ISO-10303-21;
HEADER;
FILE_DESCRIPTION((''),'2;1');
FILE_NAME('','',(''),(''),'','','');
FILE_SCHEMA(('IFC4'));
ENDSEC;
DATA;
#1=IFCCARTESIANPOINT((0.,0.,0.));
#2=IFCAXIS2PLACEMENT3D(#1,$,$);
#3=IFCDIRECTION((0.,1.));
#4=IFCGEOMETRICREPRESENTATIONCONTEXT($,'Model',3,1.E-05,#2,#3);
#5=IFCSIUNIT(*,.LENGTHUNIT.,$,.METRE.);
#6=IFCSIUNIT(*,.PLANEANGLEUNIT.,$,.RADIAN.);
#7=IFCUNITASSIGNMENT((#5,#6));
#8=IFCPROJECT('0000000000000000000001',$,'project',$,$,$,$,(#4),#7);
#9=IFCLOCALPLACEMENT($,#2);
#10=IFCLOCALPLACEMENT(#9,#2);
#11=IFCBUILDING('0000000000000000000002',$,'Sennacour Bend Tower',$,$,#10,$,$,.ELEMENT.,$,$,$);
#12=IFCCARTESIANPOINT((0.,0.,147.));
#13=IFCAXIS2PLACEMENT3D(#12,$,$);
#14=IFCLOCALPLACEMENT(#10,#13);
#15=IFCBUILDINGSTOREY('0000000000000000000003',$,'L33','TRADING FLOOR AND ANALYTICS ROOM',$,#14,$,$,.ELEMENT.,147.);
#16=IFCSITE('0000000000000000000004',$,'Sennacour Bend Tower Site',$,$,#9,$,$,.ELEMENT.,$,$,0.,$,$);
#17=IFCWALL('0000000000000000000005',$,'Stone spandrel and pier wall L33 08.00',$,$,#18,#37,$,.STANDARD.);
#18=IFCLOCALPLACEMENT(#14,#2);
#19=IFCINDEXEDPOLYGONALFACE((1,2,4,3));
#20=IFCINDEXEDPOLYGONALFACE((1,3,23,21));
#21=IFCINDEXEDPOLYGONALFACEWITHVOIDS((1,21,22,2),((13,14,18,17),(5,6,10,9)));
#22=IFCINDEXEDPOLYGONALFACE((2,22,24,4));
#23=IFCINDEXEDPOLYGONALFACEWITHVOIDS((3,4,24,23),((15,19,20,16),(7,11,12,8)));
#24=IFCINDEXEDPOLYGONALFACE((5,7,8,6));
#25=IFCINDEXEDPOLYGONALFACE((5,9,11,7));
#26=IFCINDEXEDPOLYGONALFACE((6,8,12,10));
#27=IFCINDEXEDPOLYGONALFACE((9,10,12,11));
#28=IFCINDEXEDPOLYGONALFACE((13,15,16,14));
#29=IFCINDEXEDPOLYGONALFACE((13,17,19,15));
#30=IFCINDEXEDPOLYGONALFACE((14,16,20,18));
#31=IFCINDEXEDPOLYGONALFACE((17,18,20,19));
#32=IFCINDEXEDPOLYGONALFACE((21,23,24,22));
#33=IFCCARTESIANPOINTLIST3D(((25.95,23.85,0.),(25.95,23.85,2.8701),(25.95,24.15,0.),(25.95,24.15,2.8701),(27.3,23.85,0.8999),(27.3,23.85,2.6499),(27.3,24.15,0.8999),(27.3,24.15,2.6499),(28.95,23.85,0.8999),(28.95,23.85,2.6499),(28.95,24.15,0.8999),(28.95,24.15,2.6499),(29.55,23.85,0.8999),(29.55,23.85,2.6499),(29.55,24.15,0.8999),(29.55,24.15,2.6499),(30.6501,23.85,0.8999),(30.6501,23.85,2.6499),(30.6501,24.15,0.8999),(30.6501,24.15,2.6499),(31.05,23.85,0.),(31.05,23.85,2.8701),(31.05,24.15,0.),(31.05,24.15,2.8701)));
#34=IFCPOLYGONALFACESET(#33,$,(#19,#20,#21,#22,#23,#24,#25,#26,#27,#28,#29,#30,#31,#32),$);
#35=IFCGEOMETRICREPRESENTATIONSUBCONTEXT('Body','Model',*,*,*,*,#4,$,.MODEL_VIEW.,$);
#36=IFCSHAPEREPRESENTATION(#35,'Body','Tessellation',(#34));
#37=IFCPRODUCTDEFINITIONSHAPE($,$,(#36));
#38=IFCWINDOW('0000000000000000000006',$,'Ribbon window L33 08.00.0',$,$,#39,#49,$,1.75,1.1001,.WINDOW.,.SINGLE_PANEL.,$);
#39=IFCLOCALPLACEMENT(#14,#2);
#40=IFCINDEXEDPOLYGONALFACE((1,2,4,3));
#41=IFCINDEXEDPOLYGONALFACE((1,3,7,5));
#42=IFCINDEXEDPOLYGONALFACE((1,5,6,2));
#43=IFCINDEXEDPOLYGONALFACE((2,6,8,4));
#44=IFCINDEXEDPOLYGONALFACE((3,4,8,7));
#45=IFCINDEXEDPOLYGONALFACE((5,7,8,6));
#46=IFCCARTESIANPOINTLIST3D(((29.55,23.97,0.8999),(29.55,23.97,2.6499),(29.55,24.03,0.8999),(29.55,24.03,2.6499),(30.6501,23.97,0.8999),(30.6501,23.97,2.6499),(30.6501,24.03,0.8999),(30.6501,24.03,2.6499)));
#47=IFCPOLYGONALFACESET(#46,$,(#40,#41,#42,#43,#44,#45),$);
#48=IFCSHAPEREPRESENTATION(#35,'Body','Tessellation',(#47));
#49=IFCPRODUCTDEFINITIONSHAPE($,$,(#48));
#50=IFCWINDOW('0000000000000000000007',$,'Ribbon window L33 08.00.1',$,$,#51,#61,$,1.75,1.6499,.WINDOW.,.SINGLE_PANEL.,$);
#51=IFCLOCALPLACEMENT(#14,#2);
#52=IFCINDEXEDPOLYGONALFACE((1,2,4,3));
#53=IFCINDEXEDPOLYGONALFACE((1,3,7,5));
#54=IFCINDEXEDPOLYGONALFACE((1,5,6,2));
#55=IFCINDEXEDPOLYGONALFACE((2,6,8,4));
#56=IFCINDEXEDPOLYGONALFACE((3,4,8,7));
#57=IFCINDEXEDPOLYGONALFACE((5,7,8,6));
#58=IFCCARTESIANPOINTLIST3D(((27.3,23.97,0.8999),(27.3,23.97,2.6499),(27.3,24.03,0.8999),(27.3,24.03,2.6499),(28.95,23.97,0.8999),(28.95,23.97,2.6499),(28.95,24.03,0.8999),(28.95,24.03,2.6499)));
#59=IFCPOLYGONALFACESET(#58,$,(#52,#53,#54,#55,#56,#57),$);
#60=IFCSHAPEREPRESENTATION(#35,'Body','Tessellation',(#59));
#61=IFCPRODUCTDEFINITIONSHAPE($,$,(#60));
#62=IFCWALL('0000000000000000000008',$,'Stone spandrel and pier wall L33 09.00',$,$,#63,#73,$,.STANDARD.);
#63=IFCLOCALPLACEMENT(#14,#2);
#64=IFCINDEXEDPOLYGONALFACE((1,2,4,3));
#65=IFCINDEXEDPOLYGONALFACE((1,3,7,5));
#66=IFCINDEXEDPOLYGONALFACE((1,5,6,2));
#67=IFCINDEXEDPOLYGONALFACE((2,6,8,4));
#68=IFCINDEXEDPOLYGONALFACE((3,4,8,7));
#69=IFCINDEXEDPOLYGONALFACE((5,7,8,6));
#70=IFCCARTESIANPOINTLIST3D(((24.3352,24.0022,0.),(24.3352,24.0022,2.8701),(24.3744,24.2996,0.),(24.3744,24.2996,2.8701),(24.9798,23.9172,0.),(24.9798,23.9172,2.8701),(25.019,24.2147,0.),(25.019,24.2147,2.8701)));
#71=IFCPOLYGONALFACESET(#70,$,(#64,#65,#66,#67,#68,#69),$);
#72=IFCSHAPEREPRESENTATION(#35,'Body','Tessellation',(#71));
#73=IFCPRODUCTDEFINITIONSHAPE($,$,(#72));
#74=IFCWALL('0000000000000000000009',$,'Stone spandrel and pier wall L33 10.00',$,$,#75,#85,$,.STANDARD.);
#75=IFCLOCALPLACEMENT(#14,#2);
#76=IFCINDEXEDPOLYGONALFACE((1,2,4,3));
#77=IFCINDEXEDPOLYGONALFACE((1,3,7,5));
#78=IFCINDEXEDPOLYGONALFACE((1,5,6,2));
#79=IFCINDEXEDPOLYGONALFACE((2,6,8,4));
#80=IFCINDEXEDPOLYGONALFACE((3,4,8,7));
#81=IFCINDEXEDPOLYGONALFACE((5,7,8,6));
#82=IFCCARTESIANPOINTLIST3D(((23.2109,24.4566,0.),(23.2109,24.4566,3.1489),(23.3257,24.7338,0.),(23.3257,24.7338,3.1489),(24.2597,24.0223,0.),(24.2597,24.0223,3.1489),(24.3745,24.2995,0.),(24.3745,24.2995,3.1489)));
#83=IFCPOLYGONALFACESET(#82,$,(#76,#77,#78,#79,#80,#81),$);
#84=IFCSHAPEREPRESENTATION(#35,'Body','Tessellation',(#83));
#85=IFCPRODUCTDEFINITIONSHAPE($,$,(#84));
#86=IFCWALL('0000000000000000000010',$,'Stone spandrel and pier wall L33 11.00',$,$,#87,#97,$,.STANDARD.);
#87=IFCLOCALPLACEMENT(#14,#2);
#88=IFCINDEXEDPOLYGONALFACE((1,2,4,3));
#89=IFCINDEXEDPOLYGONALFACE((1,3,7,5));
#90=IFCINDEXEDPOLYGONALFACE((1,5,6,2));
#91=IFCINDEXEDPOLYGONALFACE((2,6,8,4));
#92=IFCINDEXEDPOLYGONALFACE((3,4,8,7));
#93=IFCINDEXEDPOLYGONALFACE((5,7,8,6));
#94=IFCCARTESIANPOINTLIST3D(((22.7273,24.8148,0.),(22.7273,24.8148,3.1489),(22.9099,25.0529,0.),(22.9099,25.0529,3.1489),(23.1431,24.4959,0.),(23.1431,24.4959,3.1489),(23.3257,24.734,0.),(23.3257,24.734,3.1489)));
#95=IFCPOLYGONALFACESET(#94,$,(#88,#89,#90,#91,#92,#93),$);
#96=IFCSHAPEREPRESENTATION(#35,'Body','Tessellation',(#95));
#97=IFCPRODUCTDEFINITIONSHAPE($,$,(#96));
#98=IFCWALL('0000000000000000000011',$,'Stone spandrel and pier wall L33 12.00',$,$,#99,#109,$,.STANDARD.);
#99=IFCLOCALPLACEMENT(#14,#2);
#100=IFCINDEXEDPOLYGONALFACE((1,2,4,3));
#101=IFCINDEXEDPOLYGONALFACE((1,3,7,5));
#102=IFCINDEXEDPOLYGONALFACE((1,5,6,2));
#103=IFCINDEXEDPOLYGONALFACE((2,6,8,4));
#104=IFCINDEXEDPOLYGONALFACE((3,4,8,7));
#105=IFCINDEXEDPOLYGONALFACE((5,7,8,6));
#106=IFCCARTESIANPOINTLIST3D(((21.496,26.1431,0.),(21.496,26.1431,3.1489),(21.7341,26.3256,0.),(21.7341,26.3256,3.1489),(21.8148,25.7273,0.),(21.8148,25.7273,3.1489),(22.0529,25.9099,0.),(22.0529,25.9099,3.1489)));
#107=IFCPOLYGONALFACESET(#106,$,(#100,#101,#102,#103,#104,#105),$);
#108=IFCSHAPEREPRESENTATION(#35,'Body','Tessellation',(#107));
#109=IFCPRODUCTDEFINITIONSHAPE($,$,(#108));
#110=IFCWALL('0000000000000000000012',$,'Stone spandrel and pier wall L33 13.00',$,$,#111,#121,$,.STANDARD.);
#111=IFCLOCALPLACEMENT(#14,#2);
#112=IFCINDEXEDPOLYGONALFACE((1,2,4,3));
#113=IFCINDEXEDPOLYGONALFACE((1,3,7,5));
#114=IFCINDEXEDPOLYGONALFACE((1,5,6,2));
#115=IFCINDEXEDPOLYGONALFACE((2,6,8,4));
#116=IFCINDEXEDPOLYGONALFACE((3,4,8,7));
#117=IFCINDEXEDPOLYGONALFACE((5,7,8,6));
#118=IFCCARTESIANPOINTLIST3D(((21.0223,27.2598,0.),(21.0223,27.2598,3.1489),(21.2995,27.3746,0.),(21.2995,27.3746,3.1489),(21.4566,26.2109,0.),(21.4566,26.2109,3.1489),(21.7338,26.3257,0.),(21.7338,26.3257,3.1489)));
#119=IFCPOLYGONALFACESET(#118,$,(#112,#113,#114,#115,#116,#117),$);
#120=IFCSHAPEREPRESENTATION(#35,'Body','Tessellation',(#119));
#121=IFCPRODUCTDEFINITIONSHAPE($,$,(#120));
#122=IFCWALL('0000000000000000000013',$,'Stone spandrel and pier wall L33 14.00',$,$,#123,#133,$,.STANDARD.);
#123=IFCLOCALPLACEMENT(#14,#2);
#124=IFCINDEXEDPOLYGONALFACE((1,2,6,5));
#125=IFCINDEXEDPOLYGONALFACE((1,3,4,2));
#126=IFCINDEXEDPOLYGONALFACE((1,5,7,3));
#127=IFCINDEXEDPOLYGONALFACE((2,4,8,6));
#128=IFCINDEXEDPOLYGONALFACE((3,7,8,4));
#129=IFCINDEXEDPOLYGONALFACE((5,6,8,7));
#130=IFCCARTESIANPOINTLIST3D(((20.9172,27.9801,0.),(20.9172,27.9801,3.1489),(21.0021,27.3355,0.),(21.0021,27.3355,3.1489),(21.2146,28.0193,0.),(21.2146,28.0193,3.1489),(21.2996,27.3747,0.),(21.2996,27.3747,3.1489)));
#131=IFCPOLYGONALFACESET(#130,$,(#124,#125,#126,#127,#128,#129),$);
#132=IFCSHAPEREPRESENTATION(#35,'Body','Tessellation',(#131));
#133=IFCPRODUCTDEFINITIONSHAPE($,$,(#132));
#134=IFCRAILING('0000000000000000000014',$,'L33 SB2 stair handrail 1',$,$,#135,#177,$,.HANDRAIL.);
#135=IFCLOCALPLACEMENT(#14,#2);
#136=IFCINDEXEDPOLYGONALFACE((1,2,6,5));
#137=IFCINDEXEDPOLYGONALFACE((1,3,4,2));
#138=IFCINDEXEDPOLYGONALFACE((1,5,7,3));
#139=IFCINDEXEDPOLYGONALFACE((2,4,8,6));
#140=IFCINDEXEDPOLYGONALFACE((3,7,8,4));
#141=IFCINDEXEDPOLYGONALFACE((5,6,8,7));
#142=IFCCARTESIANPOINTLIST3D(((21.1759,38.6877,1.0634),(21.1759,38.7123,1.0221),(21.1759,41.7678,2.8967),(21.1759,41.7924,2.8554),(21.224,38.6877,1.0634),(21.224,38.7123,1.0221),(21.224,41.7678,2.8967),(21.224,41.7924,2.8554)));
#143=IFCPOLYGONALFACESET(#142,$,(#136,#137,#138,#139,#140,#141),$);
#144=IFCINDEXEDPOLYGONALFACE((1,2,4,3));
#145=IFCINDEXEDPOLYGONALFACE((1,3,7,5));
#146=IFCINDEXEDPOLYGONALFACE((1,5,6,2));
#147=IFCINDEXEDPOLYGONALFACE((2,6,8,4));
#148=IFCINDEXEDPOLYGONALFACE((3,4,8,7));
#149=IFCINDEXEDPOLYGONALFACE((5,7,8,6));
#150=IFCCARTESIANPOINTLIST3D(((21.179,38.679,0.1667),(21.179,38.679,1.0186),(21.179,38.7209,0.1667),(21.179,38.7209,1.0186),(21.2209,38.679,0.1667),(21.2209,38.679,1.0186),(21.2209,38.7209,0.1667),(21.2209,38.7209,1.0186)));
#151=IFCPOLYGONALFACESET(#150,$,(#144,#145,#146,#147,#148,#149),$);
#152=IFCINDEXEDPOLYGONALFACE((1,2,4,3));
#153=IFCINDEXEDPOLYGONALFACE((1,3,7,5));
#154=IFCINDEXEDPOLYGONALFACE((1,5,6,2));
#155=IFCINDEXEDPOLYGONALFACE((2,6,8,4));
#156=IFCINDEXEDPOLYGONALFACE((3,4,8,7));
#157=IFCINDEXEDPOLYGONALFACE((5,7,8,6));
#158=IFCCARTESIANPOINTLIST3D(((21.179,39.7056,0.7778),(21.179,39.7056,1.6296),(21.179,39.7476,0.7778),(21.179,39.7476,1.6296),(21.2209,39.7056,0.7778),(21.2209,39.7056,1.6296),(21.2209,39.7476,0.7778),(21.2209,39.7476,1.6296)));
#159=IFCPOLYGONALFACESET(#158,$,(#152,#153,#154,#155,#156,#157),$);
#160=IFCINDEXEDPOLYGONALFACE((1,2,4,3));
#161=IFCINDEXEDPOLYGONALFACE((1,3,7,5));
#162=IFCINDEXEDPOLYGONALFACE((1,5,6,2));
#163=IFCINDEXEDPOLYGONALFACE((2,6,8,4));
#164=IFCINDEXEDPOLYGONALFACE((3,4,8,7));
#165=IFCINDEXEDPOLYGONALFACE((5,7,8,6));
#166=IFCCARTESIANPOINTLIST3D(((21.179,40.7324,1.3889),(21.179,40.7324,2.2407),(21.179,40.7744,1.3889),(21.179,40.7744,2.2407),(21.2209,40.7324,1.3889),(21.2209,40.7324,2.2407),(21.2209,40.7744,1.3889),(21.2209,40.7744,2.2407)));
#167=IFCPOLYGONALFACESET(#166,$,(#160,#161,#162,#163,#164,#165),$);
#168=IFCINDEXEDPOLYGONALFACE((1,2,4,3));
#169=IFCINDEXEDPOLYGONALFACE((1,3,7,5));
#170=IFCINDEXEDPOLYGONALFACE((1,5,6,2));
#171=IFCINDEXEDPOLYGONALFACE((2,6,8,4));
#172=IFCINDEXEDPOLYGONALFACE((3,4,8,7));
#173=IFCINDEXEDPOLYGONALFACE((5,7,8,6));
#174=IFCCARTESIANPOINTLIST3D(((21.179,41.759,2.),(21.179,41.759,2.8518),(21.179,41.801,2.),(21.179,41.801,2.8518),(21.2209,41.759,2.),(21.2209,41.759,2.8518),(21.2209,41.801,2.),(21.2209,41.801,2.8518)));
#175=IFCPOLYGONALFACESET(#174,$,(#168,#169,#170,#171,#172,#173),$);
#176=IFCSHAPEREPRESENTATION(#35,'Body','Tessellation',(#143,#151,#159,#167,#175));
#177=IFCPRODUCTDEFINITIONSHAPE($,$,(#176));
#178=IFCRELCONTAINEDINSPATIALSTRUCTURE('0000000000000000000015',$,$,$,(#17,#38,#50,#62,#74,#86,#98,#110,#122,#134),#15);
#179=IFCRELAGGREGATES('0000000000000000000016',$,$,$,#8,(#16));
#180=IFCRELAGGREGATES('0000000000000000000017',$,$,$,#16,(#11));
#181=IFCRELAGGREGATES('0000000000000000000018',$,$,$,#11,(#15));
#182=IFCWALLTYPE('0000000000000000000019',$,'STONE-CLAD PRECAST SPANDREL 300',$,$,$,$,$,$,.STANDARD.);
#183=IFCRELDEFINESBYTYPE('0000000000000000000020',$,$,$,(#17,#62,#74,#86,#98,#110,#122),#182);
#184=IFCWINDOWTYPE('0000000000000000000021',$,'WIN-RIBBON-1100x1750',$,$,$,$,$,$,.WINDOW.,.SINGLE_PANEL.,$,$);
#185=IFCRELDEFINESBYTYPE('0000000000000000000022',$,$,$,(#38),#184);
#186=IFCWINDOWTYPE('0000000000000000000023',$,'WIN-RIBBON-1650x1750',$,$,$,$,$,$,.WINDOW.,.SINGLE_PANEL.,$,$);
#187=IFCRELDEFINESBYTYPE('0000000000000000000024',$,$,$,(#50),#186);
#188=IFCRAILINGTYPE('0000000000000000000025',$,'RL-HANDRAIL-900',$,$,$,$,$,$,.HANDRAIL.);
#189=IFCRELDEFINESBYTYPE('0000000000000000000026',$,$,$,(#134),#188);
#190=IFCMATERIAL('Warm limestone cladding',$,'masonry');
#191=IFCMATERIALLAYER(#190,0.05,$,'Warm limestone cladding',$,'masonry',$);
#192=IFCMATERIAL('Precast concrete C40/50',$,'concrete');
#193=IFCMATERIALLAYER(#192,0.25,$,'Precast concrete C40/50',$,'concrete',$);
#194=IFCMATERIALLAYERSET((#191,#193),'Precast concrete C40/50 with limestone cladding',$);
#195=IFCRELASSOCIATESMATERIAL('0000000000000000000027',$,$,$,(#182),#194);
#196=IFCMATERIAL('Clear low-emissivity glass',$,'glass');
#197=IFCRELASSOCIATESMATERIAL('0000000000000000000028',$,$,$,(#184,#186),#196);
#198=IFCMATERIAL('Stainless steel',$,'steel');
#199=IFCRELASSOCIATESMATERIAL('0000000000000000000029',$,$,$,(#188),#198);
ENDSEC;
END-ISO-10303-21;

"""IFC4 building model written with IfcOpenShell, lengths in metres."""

from ifc_helpers import new_model, si_unit, direction, frame, frame_2d, origin, origin_2d, place, context, subcontext, project, spatial, rectangle, extrude, material, layer, layer_set, type_object, element, fill, save


model = new_model("IFC4")

# Units and contexts
model_context = context("Model", 3, precision=1e-05, world=origin(), true_north=direction((0.0, 1.0)))
body_context = subcontext(model_context, "Body", "Model", "MODEL_VIEW")
ifc_project = project(units=[si_unit("LENGTHUNIT", "METRE"), si_unit("PLANEANGLEUNIT", "RADIAN")], contexts=[model_context])

# Site, building, storey
site_placement = place(None, origin())
site = spatial("IfcSite", under=ifc_project, at=site_placement, Name="Sennacour Bend Tower Site", CompositionType="ELEMENT", RefElevation=0.0)
building_placement = place(site_placement, origin())
building = spatial("IfcBuilding", under=site, at=building_placement, Name="Sennacour Bend Tower", CompositionType="ELEMENT")
storey_placement = place(building_placement, frame((0.0, 0.0, 147.0)))
storey = spatial("IfcBuildingStorey", under=building, at=storey_placement, Name="L33", Description="TRADING FLOOR AND ANALYTICS ROOM", CompositionType="ELEMENT", Elevation=147.0)

# Wall, openings, windows
ifc_material_1 = material(Name="Warm limestone cladding", Category="masonry")
ifc_layer_1 = layer(ifc_material_1, 0.05, Name="Warm limestone cladding", Category="masonry")
ifc_material_2 = material(Name="Precast concrete C40/50", Category="concrete")
ifc_layer_2 = layer(ifc_material_2, 0.25, Name="Precast concrete C40/50", Category="concrete")
ifc_layer_set_1 = layer_set([ifc_layer_1, ifc_layer_2], Name="Precast concrete C40/50 with limestone cladding")
wall_type_1 = type_object("IfcWallType", Name="STONE-CLAD PRECAST SPANDREL 300", PredefinedType="STANDARD", material=ifc_layer_set_1)
wall_1_placement = place(storey_placement, frame((31.05, 24.0, 0.0), z_axis=(0.0, 0.0, 1.0), x_axis=(-1.0, 0.0, 0.0)))
wall_1 = element("IfcWall", 1, at=wall_1_placement, inside=storey, type_object=wall_type_1, Name="Stone spandrel and pier wall L33 08.00", PredefinedType="STANDARD", context=body_context, shape_type="SweptSolid", body=[
    extrude(rectangle(XDim=5.1001, YDim=0.3, at=frame_2d((2.55, 0.0))), origin(), (0.0, 0.0, 1.0), 2.8701),
])
opening_1_placement = place(wall_1_placement, frame((0.3999, 0.0, 0.8999)))
opening_1 = element("IfcOpeningElement", 2, at=opening_1_placement, cuts=wall_1, PredefinedType="OPENING", context=body_context, shape_type="SweptSolid", body=[
    extrude(rectangle(XDim=1.1001, YDim=1.75, at=frame_2d((0.55, 0.875))), frame((0.0, 0.1602, 0.0), z_axis=(0.0, -1.0, 0.0), x_axis=(1.0, 0.0, 0.0)), (0.0, 0.0, 1.0), 0.3201),
])
opening_2_placement = place(wall_1_placement, frame((2.1001, 0.0, 0.8999)))
opening_2 = element("IfcOpeningElement", 3, at=opening_2_placement, cuts=wall_1, PredefinedType="OPENING", context=body_context, shape_type="SweptSolid", body=[
    extrude(rectangle(XDim=1.6499, YDim=1.75, at=frame_2d((0.825, 0.875))), frame((0.0, 0.1602, 0.0), z_axis=(0.0, -1.0, 0.0), x_axis=(1.0, 0.0, 0.0)), (0.0, 0.0, 1.0), 0.3201),
])
ifc_material_3 = material(Name="Clear low-emissivity glass", Category="glass")
window_type_1 = type_object("IfcWindowType", Name="WIN-RIBBON-1100x1750", PartitioningType="SINGLE_PANEL", PredefinedType="WINDOW", material=ifc_material_3)
window_1_placement = place(opening_1_placement, origin())
window_1 = element("IfcWindow", 4, at=window_1_placement, inside=storey, type_object=window_type_1, Name="Ribbon window L33 08.00.0", OverallHeight=1.75, OverallWidth=1.1001, PartitioningType="SINGLE_PANEL", PredefinedType="WINDOW", context=body_context, shape_type="SweptSolid", body=[
    extrude(rectangle(XDim=1.1001, YDim=1.75, at=frame_2d((0.55, 0.875))), frame((0.0, 0.03, 0.0), z_axis=(0.0, -1.0, 0.0), x_axis=(1.0, 0.0, 0.0)), (0.0, 0.0, 1.0), 0.0601),
])
fill(opening_1, window_1)
window_type_2 = type_object("IfcWindowType", Name="WIN-RIBBON-1650x1750", PartitioningType="SINGLE_PANEL", PredefinedType="WINDOW", material=ifc_material_3)
window_2_placement = place(opening_2_placement, origin())
window_2 = element("IfcWindow", 5, at=window_2_placement, inside=storey, type_object=window_type_2, Name="Ribbon window L33 08.00.1", OverallHeight=1.75, OverallWidth=1.6499, PartitioningType="SINGLE_PANEL", PredefinedType="WINDOW", context=body_context, shape_type="SweptSolid", body=[
    extrude(rectangle(XDim=1.6499, YDim=1.75, at=frame_2d((0.825, 0.875))), frame((0.0, 0.03, 0.0), z_axis=(0.0, -1.0, 0.0), x_axis=(1.0, 0.0, 0.0)), (0.0, 0.0, 1.0), 0.0601),
])
fill(opening_2, window_2)

# Walls
wall_2_placement = place(storey_placement, frame((24.9995, 24.0659, 0.0), z_axis=(0.0, 0.0, 1.0), x_axis=(-0.991424, 0.130688, 0.0)))
element("IfcWall", 6, at=wall_2_placement, inside=storey, type_object=wall_type_1, Name="Stone spandrel and pier wall L33 09.00", PredefinedType="STANDARD", context=body_context, shape_type="SweptSolid", body=[
    extrude(rectangle(XDim=0.6501, YDim=0.3, at=frame_2d((0.3252, 0.0))), origin(), (0.0, 0.0, 1.0), 2.8701),
])
wall_3_placement = place(storey_placement, frame((24.3171, 24.1609, 0.0), z_axis=(0.0, 0.0, 1.0), x_axis=(-0.923915, 0.382599, 0.0)))
element("IfcWall", 7, at=wall_3_placement, inside=storey, type_object=wall_type_1, Name="Stone spandrel and pier wall L33 10.00", PredefinedType="STANDARD", context=body_context, shape_type="SweptSolid", body=[
    extrude(rectangle(XDim=1.1353, YDim=0.3, at=frame_2d((0.5676, 0.0))), origin(), (0.0, 0.0, 1.0), 3.1489),
])
for number, where, z_axis, x_axis, name in (
    (8, (23.2344, 24.615, 0.0), (0.0, 0.0, 1.0), (-0.793524, 0.608539, 0.0), "Stone spandrel and pier wall L33 11.00"),
    (9, (21.9338, 25.8186, 0.0), (0.0, 0.0, 1.0), (-0.608539, 0.793524, 0.0), "Stone spandrel and pier wall L33 12.00"),
):
    element("IfcWall", number, at=place(storey_placement, frame(where, z_axis=z_axis, x_axis=x_axis)), inside=storey, type_object=wall_type_1, Name=name, PredefinedType="STANDARD", context=body_context, shape_type="SweptSolid", body=[
        extrude(rectangle(XDim=0.5239, YDim=0.3, at=frame_2d((0.262, 0.0))), origin(), (0.0, 0.0, 1.0), 3.1489),
    ])
wall_4_placement = place(storey_placement, frame((21.5952, 26.2683, 0.0), z_axis=(0.0, 0.0, 1.0), x_axis=(-0.382599, 0.923915, 0.0)))
element("IfcWall", 10, at=wall_4_placement, inside=storey, type_object=wall_type_1, Name="Stone spandrel and pier wall L33 13.00", PredefinedType="STANDARD", context=body_context, shape_type="SweptSolid", body=[
    extrude(rectangle(XDim=1.1353, YDim=0.3, at=frame_2d((0.5676, 0.0))), origin(), (0.0, 0.0, 1.0), 3.1489),
])
wall_5_placement = place(storey_placement, frame((21.1509, 27.355, 0.0), z_axis=(0.0, 0.0, 1.0), x_axis=(-0.130688, 0.991424, 0.0)))
element("IfcWall", 11, at=wall_5_placement, inside=storey, type_object=wall_type_1, Name="Stone spandrel and pier wall L33 14.00", PredefinedType="STANDARD", context=body_context, shape_type="SweptSolid", body=[
    extrude(rectangle(XDim=0.6501, YDim=0.3, at=frame_2d((0.3252, 0.0))), origin(), (0.0, 0.0, 1.0), 3.1489),
])

# Railing
ifc_material_4 = material(Name="Stainless steel", Category="steel")
railing_type = type_object("IfcRailingType", Name="RL-HANDRAIL-900", PredefinedType="HANDRAIL", material=ifc_material_4)
railing_placement = place(storey_placement, frame((21.2, 38.7, 0.1667)))
element("IfcRailing", 12, at=railing_placement, inside=storey, type_object=railing_type, Name="L33 SB2 stair handrail 1", PredefinedType="HANDRAIL", context=body_context, shape_type="SweptSolid", body=[
    extrude(rectangle(XDim=0.0481, YDim=0.0481, at=origin_2d()), frame((0.0, 0.0, 0.876), z_axis=(0.0, 0.859309, 0.511458), x_axis=(-1.0, 0.0, 0.0)), (0.0, 0.0, 1.0), 3.5845),
    extrude(rectangle(XDim=0.042, YDim=0.042, at=origin_2d()), origin(), (0.0, 0.0, 1.0), 0.8518),
    extrude(rectangle(XDim=0.042, YDim=0.042, at=origin_2d()), frame((0.0, 1.0266, 0.6111)), (0.0, 0.0, 1.0), 0.8518),
    extrude(rectangle(XDim=0.042, YDim=0.042, at=origin_2d()), frame((0.0, 2.0535, 1.2222)), (0.0, 0.0, 1.0), 0.8518),
    extrude(rectangle(XDim=0.042, YDim=0.042, at=origin_2d()), frame((0.0, 3.0801, 1.8333)), (0.0, 0.0, 1.0), 0.8518),
])

save(model, "model.ifc")
